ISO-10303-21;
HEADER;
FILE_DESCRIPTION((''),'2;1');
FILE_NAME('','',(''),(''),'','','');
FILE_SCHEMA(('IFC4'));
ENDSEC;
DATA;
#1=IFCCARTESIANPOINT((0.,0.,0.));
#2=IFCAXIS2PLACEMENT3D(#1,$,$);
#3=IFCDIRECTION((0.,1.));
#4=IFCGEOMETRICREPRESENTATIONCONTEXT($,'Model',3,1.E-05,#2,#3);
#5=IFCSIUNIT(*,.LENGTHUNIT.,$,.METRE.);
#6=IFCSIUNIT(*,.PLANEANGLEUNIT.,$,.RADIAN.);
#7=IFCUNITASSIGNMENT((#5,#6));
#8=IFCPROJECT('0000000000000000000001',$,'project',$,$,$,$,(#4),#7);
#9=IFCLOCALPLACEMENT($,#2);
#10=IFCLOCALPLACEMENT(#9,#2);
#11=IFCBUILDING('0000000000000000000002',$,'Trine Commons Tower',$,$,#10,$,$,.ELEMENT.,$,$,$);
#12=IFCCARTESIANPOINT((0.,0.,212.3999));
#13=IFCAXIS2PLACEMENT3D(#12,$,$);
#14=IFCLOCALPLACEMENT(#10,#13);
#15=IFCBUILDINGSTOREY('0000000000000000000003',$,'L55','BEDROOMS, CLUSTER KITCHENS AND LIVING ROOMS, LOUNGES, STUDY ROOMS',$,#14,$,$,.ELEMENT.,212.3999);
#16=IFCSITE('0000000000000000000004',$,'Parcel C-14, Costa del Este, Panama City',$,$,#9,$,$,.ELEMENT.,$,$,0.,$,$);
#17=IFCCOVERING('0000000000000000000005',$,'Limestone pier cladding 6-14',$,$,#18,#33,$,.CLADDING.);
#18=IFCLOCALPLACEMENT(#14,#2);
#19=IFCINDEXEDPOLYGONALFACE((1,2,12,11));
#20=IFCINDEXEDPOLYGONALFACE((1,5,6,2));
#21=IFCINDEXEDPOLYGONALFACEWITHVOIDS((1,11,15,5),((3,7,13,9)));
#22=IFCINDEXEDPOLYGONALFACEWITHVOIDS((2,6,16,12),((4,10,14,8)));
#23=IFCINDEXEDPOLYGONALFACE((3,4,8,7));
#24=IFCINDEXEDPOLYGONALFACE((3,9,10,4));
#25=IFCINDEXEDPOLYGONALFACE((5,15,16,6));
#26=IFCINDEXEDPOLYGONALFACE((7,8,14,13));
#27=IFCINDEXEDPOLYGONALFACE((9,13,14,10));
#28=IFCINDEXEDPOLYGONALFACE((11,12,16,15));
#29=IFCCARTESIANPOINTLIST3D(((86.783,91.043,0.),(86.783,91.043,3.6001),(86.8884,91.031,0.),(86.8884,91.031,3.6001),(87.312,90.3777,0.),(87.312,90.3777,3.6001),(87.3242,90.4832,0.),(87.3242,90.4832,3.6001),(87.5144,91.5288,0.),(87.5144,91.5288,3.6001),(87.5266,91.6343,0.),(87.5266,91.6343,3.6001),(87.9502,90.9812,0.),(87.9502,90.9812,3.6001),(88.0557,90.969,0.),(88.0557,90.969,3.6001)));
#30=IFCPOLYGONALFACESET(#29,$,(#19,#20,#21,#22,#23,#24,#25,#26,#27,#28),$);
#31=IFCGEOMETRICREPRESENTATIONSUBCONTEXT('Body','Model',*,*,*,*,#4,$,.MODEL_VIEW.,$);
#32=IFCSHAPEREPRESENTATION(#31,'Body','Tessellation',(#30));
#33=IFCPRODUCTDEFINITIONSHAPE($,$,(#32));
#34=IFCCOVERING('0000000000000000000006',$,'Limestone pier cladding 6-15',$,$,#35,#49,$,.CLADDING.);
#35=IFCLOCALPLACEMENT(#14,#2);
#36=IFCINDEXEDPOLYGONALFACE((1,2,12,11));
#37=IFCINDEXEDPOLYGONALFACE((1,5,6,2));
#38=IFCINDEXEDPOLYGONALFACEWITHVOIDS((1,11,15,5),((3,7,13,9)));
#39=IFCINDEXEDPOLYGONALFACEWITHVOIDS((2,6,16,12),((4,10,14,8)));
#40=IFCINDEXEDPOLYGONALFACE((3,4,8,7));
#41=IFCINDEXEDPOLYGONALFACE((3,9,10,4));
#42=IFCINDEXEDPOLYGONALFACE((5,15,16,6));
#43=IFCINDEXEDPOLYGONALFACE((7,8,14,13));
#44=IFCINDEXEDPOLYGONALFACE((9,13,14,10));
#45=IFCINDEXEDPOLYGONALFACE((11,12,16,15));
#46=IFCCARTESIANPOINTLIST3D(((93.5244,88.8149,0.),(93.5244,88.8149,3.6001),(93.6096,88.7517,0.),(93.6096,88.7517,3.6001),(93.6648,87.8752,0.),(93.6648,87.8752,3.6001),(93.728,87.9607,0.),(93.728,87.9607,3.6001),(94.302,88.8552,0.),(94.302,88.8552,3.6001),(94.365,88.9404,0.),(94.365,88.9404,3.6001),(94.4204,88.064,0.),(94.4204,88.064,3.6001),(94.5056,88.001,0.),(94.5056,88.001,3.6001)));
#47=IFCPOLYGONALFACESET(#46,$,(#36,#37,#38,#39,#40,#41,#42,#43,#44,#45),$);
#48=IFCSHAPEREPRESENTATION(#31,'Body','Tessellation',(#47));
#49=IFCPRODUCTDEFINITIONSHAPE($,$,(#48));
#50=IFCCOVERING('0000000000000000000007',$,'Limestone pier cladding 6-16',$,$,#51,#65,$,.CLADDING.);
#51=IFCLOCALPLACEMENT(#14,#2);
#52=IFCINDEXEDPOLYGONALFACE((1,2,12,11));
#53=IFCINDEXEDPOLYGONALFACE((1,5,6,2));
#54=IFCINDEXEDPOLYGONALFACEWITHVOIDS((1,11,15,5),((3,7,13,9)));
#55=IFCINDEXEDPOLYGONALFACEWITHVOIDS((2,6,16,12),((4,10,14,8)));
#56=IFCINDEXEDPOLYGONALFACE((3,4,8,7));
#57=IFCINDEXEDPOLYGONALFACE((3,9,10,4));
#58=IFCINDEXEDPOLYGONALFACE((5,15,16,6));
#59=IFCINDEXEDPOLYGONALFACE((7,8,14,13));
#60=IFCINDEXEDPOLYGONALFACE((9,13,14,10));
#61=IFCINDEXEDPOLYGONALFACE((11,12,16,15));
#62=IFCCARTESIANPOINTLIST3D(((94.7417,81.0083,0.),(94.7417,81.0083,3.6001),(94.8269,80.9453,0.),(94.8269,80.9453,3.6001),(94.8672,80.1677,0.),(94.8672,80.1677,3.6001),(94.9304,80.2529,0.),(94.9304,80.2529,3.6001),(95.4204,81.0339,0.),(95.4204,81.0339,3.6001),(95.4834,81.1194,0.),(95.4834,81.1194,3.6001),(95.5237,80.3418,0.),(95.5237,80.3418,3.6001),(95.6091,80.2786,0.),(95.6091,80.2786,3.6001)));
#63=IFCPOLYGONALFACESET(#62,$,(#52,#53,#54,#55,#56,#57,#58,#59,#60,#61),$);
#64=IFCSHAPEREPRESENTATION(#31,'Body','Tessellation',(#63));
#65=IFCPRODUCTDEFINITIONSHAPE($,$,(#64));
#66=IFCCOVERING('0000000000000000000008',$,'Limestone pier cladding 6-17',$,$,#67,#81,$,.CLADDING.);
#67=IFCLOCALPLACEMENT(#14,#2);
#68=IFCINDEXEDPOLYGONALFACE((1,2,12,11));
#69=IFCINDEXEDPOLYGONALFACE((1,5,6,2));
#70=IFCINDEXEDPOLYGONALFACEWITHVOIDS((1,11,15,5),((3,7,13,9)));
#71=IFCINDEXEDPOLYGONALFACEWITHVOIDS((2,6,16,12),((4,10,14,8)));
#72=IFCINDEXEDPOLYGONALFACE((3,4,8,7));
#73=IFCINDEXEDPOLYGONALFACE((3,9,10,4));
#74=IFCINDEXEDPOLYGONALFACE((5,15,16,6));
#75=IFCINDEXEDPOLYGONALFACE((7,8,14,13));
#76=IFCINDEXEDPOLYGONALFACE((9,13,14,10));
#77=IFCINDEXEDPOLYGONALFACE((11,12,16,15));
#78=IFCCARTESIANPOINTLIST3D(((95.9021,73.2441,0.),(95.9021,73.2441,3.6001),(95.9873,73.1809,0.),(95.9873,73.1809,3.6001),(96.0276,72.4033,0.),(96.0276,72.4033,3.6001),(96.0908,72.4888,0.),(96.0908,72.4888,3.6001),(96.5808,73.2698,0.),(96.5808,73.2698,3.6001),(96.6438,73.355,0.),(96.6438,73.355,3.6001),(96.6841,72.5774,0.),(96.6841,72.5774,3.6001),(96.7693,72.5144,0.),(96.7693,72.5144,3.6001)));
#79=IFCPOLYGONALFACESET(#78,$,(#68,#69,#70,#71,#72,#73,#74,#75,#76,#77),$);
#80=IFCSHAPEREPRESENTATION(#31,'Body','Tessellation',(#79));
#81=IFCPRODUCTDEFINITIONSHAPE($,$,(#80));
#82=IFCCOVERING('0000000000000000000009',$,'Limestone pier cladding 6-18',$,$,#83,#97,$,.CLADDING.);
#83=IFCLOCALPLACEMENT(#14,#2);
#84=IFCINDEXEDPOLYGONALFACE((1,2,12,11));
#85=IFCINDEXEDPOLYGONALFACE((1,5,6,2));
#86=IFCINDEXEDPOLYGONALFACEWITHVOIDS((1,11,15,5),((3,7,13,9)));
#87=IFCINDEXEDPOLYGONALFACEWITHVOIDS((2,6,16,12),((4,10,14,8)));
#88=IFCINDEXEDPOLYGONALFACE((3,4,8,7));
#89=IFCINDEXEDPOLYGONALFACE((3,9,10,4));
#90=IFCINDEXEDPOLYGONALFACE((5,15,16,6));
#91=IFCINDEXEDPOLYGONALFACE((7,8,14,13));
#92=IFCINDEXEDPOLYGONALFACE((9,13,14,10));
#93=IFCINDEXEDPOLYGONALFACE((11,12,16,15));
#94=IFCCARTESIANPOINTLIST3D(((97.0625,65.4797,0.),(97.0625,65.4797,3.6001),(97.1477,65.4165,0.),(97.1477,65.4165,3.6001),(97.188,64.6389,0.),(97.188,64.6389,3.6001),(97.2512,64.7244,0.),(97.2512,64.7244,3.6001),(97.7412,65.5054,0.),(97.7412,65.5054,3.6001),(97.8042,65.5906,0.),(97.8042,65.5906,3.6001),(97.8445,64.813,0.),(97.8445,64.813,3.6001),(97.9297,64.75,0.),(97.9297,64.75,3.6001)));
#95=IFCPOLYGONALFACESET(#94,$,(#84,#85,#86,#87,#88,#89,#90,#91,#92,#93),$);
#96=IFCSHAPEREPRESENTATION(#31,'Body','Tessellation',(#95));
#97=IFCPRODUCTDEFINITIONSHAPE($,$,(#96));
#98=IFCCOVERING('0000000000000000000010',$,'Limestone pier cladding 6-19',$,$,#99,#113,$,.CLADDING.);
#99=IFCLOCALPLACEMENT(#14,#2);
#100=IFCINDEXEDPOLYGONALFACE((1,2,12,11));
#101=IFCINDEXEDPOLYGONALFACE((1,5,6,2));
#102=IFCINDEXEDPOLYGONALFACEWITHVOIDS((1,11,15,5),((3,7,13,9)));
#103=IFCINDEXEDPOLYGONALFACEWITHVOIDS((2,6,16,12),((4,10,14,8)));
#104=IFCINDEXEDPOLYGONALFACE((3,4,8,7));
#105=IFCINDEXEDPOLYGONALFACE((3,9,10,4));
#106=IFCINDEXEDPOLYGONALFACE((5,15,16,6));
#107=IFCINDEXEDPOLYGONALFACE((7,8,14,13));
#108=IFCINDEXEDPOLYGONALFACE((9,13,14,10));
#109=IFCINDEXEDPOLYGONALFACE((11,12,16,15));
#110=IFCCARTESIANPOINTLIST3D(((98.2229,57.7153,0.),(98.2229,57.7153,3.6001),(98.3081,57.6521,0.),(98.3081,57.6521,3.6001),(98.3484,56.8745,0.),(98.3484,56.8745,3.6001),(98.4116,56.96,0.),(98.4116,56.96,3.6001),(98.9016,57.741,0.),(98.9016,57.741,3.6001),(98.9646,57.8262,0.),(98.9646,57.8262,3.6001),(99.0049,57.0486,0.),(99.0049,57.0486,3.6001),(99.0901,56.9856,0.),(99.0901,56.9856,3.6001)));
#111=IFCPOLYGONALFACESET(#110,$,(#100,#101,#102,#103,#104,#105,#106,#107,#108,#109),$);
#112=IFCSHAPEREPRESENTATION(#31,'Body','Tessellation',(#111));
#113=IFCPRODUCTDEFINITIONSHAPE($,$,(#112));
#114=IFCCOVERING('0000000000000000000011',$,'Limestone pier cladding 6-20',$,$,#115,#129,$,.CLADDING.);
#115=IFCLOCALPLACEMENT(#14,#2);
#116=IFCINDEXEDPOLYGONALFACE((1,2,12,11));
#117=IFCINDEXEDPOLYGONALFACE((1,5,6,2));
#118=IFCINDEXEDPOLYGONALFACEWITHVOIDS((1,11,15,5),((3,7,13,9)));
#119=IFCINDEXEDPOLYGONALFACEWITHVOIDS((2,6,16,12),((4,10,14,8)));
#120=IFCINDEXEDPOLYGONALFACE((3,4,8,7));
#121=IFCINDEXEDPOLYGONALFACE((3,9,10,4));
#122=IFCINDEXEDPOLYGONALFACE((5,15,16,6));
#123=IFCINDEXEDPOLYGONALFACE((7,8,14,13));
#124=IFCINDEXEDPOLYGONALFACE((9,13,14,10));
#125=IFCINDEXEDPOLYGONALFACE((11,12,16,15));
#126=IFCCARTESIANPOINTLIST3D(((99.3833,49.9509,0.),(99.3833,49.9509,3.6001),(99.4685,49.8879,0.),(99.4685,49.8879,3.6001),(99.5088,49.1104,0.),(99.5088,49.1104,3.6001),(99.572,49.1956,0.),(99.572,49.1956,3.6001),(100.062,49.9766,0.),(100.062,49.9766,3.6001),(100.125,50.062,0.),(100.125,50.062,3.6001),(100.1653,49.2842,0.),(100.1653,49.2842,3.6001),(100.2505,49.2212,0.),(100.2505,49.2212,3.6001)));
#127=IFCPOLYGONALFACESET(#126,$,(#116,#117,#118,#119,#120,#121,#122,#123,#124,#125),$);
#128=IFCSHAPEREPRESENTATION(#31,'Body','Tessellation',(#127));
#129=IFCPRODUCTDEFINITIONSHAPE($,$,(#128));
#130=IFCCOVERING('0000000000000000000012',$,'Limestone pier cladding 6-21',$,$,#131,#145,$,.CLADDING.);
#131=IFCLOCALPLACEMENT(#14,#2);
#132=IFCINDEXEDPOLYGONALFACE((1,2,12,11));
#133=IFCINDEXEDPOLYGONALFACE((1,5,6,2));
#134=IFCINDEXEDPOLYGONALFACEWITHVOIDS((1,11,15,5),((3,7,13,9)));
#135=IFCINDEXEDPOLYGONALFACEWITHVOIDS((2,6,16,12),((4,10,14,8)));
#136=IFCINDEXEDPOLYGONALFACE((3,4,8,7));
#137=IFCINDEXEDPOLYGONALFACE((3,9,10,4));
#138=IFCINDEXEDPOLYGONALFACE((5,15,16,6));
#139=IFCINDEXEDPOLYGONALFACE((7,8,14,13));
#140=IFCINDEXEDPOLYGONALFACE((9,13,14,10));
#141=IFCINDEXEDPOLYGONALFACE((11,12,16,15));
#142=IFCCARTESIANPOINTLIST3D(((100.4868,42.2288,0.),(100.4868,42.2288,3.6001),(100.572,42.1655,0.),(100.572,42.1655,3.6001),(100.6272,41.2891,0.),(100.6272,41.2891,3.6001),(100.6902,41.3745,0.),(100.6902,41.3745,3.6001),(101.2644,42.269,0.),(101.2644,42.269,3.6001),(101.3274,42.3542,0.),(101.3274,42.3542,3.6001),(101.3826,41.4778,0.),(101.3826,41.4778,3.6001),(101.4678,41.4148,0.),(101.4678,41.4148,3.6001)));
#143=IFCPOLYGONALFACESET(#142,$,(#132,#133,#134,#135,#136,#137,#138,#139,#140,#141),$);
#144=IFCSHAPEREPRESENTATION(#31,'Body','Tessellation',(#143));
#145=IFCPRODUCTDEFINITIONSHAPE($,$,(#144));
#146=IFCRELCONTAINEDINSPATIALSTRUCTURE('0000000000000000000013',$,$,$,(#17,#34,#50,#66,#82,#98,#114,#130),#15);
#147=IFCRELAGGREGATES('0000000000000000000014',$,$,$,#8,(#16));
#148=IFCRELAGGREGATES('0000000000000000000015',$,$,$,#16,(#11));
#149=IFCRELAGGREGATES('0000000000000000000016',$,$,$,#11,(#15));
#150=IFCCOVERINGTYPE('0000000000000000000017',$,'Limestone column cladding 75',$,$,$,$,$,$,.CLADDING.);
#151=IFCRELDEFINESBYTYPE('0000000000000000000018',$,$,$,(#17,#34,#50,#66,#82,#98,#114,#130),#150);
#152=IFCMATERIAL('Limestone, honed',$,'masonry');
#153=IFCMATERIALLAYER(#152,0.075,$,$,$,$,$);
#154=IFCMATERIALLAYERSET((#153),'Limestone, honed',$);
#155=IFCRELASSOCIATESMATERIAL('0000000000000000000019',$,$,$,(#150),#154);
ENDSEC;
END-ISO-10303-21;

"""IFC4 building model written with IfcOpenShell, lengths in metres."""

from ifc_helpers import new_model, si_unit, direction, frame, origin, place, context, subcontext, project, spatial, polyline, outline, extrude, material, layer, layer_set, type_object, element, save


model = new_model("IFC4")

# Units and contexts
model_context = context("Model", 3, precision=1e-05, world=origin(), true_north=direction((0.0, 1.0)))
body_context = subcontext(model_context, "Body", "Model", "MODEL_VIEW")
ifc_project = project(units=[si_unit("LENGTHUNIT", "METRE"), si_unit("PLANEANGLEUNIT", "RADIAN")], contexts=[model_context])

# Site, building, storey
site_placement = place(None, origin())
site = spatial("IfcSite", under=ifc_project, at=site_placement, Name="Parcel C-14, Costa del Este, Panama City", CompositionType="ELEMENT", RefElevation=0.0)
building_placement = place(site_placement, origin())
building = spatial("IfcBuilding", under=site, at=building_placement, Name="Trine Commons Tower", CompositionType="ELEMENT")
storey_placement = place(building_placement, frame((0.0, 0.0, 212.3999)))
storey = spatial("IfcBuildingStorey", under=building, at=storey_placement, Name="L55", Description="BEDROOMS, CLUSTER KITCHENS AND LIVING ROOMS, LOUNGES, STUDY ROOMS", CompositionType="ELEMENT", Elevation=212.3999)

# Coverings
ifc_material_1 = material(Name="Limestone, honed", Category="masonry")
ifc_layer_1 = layer(ifc_material_1, 0.075)
ifc_layer_set_1 = layer_set([ifc_layer_1], Name="Limestone, honed")
covering_type_1 = type_object("IfcCoveringType", Name="Limestone column cladding 75", PredefinedType="CLADDING", material=ifc_layer_set_1)
covering_1_placement = place(storey_placement, origin())
element("IfcCovering", 1, at=covering_1_placement, inside=storey, type_object=covering_type_1, Name="Limestone pier cladding 6-14", PredefinedType="CLADDING", context=body_context, shape_type="SweptSolid", body=[
    extrude(outline(polyline([(88.0557, 90.969), (87.5266, 91.6343), (86.783, 91.043), (87.312, 90.3777), (88.0557, 90.969)]), holes=[polyline([(87.9502, 90.9812), (87.5144, 91.5288), (86.8884, 91.031), (87.3242, 90.4832), (87.9502, 90.9812)])]), origin(), (0.0, 0.0, 1.0), 3.6001),
])
covering_2_placement = place(storey_placement, origin())
element("IfcCovering", 2, at=covering_2_placement, inside=storey, type_object=covering_type_1, Name="Limestone pier cladding 6-15", PredefinedType="CLADDING", context=body_context, shape_type="SweptSolid", body=[
    extrude(outline(polyline([(94.365, 88.9404), (93.5244, 88.8149), (93.6648, 87.8752), (94.5056, 88.001), (94.365, 88.9404)]), holes=[polyline([(94.302, 88.8552), (93.6096, 88.7517), (93.728, 87.9607), (94.4204, 88.064), (94.302, 88.8552)])]), origin(), (0.0, 0.0, 1.0), 3.6001),
])
covering_3_placement = place(storey_placement, origin())
element("IfcCovering", 3, at=covering_3_placement, inside=storey, type_object=covering_type_1, Name="Limestone pier cladding 6-16", PredefinedType="CLADDING", context=body_context, shape_type="SweptSolid", body=[
    extrude(outline(polyline([(95.4834, 81.1194), (94.7417, 81.0083), (94.8672, 80.1677), (95.6091, 80.2786), (95.4834, 81.1194)]), holes=[polyline([(95.4204, 81.0339), (94.8269, 80.9453), (94.9304, 80.2529), (95.5237, 80.3418), (95.4204, 81.0339)])]), origin(), (0.0, 0.0, 1.0), 3.6001),
])
covering_4_placement = place(storey_placement, origin())
element("IfcCovering", 4, at=covering_4_placement, inside=storey, type_object=covering_type_1, Name="Limestone pier cladding 6-17", PredefinedType="CLADDING", context=body_context, shape_type="SweptSolid", body=[
    extrude(outline(polyline([(96.6438, 73.355), (95.9021, 73.2441), (96.0276, 72.4033), (96.7693, 72.5144), (96.6438, 73.355)]), holes=[polyline([(96.5808, 73.2698), (95.9873, 73.1809), (96.0908, 72.4888), (96.6841, 72.5774), (96.5808, 73.2698)])]), origin(), (0.0, 0.0, 1.0), 3.6001),
])
covering_5_placement = place(storey_placement, origin())
element("IfcCovering", 5, at=covering_5_placement, inside=storey, type_object=covering_type_1, Name="Limestone pier cladding 6-18", PredefinedType="CLADDING", context=body_context, shape_type="SweptSolid", body=[
    extrude(outline(polyline([(97.8042, 65.5906), (97.0625, 65.4797), (97.188, 64.6389), (97.9297, 64.75), (97.8042, 65.5906)]), holes=[polyline([(97.7412, 65.5054), (97.1477, 65.4165), (97.2512, 64.7244), (97.8445, 64.813), (97.7412, 65.5054)])]), origin(), (0.0, 0.0, 1.0), 3.6001),
])
covering_6_placement = place(storey_placement, origin())
element("IfcCovering", 6, at=covering_6_placement, inside=storey, type_object=covering_type_1, Name="Limestone pier cladding 6-19", PredefinedType="CLADDING", context=body_context, shape_type="SweptSolid", body=[
    extrude(outline(polyline([(98.9646, 57.8262), (98.2229, 57.7153), (98.3484, 56.8745), (99.0901, 56.9856), (98.9646, 57.8262)]), holes=[polyline([(98.9016, 57.741), (98.3081, 57.6521), (98.4116, 56.96), (99.0049, 57.0486), (98.9016, 57.741)])]), origin(), (0.0, 0.0, 1.0), 3.6001),
])
covering_7_placement = place(storey_placement, origin())
element("IfcCovering", 7, at=covering_7_placement, inside=storey, type_object=covering_type_1, Name="Limestone pier cladding 6-20", PredefinedType="CLADDING", context=body_context, shape_type="SweptSolid", body=[
    extrude(outline(polyline([(100.125, 50.062), (99.3833, 49.9509), (99.5088, 49.1104), (100.2505, 49.2212), (100.125, 50.062)]), holes=[polyline([(100.062, 49.9766), (99.4685, 49.8879), (99.572, 49.1956), (100.1653, 49.2842), (100.062, 49.9766)])]), origin(), (0.0, 0.0, 1.0), 3.6001),
])
covering_8_placement = place(storey_placement, origin())
element("IfcCovering", 8, at=covering_8_placement, inside=storey, type_object=covering_type_1, Name="Limestone pier cladding 6-21", PredefinedType="CLADDING", context=body_context, shape_type="SweptSolid", body=[
    extrude(outline(polyline([(101.3274, 42.3542), (100.4868, 42.2288), (100.6272, 41.2891), (101.4678, 41.4148), (101.3274, 42.3542)]), holes=[polyline([(101.2644, 42.269), (100.572, 42.1655), (100.6902, 41.3745), (101.3826, 41.4778), (101.2644, 42.269)])]), origin(), (0.0, 0.0, 1.0), 3.6001),
])

save(model, "model.ifc")
